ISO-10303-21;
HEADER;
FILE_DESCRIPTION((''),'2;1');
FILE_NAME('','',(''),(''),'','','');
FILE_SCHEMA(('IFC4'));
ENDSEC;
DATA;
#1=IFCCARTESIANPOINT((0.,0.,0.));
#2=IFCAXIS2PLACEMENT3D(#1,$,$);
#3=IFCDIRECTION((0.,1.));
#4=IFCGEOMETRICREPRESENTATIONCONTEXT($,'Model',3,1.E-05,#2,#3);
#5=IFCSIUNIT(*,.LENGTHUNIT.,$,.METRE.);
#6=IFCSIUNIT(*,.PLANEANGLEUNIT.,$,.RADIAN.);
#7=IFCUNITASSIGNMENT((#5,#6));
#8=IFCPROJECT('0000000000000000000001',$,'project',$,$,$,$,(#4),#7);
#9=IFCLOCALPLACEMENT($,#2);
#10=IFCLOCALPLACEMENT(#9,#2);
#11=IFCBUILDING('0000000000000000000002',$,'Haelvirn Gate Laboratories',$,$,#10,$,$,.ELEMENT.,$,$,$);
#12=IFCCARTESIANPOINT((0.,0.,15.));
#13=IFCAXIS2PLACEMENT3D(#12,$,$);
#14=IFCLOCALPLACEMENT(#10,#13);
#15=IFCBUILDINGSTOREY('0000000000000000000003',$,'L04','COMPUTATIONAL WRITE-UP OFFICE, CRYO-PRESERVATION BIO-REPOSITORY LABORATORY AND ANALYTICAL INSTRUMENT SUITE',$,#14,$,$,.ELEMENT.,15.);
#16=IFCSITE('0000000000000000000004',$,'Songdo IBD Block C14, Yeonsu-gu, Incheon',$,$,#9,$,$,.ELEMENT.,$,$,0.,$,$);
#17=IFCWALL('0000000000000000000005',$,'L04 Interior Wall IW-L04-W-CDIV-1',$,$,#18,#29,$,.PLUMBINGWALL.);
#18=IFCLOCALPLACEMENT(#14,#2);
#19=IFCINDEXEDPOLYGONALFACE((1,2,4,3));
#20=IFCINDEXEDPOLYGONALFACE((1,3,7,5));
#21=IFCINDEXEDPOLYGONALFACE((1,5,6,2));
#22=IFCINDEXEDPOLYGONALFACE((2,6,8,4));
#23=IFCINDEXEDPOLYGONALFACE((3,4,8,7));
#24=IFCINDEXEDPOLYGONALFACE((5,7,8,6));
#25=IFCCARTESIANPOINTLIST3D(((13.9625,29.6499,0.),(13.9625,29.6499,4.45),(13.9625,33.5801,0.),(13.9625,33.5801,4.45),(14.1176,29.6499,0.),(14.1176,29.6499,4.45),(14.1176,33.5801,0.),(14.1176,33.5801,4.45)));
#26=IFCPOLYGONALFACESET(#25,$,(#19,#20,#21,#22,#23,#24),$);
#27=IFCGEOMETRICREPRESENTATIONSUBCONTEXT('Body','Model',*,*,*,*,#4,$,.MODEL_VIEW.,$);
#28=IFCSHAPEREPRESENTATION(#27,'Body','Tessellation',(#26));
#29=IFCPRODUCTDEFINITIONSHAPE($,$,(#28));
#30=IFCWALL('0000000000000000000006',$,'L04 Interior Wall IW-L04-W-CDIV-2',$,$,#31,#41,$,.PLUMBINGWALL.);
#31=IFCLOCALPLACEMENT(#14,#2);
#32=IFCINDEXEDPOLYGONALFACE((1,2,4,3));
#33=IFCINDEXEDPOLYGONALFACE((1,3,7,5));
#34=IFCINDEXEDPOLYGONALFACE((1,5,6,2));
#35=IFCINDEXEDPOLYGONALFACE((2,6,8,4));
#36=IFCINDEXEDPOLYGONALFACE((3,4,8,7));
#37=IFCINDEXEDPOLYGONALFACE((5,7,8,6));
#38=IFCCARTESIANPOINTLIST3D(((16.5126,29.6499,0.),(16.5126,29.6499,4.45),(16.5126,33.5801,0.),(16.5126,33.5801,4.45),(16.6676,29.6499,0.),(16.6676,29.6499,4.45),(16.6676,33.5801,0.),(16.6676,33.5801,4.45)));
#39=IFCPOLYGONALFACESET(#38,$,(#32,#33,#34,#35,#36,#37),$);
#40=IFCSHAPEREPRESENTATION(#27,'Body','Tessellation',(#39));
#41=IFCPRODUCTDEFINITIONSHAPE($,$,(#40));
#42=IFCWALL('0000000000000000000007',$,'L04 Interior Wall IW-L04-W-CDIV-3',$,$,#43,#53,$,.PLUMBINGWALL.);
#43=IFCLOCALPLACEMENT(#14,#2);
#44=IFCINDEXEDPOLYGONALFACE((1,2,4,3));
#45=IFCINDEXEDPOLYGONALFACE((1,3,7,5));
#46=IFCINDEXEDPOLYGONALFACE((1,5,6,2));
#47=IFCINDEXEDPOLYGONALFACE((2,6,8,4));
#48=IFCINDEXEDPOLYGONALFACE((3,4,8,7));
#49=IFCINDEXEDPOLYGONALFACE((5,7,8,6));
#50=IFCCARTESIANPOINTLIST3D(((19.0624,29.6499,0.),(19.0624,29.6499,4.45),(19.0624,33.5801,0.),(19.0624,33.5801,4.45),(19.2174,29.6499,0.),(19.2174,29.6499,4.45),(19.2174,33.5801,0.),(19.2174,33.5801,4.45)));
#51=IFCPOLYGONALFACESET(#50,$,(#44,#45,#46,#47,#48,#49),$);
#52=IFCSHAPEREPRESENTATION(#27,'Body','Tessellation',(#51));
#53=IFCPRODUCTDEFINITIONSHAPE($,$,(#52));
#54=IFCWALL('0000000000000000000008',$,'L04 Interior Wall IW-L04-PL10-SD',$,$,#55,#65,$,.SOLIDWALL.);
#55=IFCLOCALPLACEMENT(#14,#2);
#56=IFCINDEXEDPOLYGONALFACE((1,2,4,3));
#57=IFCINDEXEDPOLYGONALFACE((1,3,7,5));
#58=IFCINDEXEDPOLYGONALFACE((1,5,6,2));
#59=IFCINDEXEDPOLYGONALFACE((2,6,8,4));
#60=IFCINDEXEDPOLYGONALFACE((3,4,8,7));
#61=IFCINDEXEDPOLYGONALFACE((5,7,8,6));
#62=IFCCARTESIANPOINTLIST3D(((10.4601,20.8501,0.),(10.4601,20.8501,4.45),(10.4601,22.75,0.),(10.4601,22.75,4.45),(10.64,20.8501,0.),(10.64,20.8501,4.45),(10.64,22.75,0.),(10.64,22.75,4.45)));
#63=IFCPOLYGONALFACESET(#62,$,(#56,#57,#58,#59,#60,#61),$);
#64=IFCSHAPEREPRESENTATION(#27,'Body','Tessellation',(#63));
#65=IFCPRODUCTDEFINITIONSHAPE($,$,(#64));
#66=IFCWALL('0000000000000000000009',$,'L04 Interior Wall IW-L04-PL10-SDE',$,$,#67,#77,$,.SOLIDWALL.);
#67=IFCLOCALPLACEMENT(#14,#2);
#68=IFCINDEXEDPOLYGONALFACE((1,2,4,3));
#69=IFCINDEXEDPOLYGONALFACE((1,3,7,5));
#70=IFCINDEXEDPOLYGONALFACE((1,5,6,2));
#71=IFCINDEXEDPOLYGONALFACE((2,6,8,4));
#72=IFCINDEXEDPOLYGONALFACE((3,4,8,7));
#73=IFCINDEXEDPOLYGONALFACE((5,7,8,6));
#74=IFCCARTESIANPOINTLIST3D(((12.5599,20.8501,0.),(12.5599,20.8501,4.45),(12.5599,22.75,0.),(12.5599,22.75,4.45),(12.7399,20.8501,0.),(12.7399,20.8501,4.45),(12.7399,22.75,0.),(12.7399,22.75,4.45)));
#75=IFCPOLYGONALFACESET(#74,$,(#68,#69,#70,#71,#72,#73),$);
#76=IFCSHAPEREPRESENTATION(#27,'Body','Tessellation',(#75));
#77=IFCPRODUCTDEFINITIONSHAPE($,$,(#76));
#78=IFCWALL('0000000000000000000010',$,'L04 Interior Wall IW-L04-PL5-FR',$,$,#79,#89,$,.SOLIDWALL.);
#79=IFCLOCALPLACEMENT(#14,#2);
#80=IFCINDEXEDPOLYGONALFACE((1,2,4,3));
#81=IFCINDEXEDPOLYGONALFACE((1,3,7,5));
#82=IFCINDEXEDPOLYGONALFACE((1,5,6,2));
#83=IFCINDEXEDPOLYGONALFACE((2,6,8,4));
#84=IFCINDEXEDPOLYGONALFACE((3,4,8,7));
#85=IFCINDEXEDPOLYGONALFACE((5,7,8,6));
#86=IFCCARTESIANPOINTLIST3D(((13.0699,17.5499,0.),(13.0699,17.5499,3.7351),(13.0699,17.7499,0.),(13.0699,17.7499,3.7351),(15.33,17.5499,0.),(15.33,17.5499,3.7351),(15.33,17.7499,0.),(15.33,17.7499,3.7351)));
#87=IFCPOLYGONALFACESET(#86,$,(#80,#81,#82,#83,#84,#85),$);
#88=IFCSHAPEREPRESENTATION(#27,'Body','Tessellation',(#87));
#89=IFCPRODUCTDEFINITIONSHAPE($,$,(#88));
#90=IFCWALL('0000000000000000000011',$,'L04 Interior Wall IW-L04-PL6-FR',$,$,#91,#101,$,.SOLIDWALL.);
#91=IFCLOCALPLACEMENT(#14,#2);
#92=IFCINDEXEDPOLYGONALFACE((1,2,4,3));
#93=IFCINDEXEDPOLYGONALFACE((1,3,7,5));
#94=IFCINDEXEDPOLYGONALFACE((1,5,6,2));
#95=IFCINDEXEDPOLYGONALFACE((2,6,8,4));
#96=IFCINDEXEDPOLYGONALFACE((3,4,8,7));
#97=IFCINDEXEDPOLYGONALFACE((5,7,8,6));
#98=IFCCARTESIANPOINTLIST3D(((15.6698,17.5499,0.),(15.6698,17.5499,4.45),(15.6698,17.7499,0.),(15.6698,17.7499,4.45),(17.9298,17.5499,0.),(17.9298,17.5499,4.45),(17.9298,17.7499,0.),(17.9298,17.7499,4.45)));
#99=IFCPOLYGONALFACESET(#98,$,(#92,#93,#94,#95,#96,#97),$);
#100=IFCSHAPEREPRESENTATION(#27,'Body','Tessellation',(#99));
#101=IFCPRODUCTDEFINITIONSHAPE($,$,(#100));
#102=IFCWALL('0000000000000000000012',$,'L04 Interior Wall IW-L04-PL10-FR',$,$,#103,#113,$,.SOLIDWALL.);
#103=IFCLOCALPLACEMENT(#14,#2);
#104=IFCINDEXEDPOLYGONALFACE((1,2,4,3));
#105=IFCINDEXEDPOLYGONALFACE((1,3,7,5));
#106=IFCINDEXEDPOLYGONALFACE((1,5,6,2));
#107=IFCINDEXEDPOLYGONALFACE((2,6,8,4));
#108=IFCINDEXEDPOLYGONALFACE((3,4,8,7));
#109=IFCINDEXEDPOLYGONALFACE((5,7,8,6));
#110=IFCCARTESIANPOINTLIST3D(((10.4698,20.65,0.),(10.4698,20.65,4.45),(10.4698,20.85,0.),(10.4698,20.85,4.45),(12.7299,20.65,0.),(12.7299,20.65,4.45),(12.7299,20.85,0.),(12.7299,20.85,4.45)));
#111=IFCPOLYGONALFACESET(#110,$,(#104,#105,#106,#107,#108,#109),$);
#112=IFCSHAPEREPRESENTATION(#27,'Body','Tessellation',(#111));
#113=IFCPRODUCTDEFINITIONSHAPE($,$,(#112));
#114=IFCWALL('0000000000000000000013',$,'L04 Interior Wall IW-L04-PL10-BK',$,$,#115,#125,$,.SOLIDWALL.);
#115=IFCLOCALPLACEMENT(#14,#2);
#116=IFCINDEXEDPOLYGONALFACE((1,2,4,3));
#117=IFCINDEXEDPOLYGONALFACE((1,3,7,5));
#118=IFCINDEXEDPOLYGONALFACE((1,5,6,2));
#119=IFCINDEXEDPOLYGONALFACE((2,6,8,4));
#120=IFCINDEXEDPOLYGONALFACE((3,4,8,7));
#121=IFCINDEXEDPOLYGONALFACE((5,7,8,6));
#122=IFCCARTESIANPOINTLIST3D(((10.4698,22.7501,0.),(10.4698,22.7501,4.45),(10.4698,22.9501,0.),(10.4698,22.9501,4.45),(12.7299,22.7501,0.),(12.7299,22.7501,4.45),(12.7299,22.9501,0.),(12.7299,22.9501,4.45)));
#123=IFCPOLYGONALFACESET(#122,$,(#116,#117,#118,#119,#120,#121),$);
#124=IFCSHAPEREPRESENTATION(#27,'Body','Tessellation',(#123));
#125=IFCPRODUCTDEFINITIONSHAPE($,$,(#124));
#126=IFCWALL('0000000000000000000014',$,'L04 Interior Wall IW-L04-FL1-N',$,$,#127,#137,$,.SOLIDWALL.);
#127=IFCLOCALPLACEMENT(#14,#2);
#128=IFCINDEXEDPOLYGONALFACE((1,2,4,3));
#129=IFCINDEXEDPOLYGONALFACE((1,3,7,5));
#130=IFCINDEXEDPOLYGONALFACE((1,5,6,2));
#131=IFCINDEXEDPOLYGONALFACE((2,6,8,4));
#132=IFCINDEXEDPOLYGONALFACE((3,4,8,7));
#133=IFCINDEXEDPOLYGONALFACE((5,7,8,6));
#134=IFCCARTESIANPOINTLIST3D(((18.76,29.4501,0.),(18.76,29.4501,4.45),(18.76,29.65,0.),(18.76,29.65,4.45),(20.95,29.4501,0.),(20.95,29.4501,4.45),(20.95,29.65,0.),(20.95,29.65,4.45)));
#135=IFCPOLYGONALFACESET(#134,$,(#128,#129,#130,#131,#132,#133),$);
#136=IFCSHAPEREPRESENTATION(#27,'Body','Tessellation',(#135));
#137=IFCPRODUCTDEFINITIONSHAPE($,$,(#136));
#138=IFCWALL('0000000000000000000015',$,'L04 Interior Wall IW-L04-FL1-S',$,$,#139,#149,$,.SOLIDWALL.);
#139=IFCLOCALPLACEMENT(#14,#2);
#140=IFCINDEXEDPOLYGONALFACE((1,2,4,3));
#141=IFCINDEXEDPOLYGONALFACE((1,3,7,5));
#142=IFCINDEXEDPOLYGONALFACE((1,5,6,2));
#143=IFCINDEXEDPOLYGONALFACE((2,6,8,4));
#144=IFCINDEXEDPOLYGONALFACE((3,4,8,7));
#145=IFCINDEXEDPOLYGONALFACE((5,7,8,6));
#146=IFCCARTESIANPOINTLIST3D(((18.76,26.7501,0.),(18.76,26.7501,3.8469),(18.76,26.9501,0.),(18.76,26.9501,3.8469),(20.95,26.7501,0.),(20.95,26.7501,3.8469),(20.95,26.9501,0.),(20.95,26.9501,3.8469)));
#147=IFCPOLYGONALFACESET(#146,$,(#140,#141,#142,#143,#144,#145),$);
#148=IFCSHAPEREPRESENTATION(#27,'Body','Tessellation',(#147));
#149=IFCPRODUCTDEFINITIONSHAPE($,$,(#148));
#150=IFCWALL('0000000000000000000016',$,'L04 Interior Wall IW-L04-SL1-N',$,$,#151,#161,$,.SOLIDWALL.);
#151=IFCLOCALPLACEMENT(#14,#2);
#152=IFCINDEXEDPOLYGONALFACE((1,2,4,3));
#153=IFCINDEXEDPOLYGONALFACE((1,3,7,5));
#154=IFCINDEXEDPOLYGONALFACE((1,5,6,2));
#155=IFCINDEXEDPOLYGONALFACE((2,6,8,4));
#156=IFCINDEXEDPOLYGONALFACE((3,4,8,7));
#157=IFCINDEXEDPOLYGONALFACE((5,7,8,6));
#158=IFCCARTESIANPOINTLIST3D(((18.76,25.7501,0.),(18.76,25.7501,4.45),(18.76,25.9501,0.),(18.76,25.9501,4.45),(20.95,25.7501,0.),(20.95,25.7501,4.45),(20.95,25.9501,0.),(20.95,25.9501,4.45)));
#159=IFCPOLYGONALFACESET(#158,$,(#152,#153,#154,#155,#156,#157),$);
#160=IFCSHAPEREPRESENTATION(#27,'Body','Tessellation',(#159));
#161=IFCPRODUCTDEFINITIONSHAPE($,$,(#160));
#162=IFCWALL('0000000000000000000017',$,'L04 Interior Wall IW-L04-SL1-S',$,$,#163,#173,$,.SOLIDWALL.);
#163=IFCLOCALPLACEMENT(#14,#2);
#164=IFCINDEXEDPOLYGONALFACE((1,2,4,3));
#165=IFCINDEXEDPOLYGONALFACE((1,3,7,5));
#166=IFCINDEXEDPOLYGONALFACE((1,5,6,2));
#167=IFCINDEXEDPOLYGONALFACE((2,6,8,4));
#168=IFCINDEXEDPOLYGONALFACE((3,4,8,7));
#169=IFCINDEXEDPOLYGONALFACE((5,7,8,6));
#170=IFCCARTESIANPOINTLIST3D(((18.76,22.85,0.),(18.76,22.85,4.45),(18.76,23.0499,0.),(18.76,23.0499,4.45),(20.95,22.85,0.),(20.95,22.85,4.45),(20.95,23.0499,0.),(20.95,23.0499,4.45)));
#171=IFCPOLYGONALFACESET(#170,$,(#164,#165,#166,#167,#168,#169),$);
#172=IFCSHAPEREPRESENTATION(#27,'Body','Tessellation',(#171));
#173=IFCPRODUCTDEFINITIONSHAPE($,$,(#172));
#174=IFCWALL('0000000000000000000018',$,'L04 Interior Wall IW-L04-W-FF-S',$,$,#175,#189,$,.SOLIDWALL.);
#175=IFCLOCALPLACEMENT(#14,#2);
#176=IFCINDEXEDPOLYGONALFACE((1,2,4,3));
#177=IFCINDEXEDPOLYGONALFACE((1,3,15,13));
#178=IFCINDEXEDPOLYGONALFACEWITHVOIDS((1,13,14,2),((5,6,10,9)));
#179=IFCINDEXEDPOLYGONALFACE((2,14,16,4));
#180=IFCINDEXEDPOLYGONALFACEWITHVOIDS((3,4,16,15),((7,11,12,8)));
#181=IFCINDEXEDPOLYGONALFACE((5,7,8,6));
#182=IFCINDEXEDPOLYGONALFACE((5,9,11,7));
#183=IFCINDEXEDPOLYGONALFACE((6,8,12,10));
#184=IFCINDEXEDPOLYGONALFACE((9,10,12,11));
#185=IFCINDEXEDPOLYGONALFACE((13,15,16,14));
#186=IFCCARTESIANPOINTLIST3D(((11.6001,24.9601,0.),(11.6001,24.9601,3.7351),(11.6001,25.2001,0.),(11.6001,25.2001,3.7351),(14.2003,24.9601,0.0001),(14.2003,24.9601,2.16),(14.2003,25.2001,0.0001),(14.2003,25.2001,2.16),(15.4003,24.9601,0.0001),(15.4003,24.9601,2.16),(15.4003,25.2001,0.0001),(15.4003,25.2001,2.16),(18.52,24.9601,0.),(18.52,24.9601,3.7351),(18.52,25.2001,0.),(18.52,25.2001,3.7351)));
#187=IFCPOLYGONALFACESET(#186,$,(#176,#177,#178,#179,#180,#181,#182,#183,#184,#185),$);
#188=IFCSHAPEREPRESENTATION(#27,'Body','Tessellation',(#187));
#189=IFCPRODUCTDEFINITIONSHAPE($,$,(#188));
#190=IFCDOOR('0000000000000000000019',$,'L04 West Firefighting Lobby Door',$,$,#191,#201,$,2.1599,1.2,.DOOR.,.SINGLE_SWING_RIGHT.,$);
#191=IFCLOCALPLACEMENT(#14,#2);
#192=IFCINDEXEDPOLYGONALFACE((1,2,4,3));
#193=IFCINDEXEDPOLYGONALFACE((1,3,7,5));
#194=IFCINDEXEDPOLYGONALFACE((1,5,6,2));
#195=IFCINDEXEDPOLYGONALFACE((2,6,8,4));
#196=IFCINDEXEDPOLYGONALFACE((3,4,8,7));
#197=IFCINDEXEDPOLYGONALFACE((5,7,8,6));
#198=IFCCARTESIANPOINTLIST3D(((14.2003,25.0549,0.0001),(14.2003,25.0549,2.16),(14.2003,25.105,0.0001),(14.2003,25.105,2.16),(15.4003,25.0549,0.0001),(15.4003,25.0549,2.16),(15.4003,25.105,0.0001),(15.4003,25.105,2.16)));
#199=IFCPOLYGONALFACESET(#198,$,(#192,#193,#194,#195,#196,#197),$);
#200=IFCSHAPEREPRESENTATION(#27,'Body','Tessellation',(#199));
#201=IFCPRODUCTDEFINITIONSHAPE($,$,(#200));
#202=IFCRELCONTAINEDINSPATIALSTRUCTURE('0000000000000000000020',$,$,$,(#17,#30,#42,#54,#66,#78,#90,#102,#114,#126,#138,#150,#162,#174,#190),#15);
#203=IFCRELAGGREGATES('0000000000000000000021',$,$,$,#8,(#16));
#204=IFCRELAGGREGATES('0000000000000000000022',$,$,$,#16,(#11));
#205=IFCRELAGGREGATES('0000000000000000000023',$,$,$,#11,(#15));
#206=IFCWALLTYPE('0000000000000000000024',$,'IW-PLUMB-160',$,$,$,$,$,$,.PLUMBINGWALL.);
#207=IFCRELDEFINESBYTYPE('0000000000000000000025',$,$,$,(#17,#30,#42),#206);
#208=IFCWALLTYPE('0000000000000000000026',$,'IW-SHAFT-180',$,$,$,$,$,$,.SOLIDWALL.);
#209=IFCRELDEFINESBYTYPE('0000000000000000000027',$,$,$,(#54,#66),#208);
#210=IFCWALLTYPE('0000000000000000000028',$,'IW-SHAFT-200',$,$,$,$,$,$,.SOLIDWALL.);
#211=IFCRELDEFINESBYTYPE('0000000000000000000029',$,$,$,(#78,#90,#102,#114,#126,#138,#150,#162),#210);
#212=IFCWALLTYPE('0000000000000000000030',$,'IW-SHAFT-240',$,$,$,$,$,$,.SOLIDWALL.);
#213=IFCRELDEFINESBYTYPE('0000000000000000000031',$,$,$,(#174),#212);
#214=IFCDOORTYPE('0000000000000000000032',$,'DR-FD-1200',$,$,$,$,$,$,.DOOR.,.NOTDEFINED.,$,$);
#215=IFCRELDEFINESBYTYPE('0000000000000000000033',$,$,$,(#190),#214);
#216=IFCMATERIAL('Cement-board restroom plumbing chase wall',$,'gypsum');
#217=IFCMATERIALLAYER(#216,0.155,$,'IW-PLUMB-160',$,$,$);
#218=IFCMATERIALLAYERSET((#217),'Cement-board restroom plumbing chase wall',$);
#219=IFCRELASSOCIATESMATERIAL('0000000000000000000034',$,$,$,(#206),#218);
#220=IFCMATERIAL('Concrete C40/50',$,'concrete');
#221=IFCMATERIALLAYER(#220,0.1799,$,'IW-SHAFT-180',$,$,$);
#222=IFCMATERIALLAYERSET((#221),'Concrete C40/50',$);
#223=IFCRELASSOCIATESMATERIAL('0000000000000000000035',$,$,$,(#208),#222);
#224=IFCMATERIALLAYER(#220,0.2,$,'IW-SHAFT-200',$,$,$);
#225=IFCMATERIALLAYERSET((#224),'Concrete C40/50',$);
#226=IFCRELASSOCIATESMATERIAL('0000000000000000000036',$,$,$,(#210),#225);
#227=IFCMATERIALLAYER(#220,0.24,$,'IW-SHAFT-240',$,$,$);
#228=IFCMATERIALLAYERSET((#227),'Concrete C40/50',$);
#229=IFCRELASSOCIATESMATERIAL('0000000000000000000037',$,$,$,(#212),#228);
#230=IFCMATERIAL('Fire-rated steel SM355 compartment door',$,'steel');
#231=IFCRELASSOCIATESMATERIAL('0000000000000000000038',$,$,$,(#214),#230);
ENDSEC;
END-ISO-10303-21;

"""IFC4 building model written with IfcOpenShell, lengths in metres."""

from ifc_helpers import new_model, si_unit, direction, frame, frame_2d, origin, place, context, subcontext, project, spatial, rectangle, extrude, source, transform, mapped, material, layer, layer_set, type_object, type_shapes, element, fill, save


model = new_model("IFC4")

# Units and contexts
model_context = context("Model", 3, precision=1e-05, world=origin(), true_north=direction((0.0, 1.0)))
body_context = subcontext(model_context, "Body", "Model", "MODEL_VIEW")
ifc_project = project(units=[si_unit("LENGTHUNIT", "METRE"), si_unit("PLANEANGLEUNIT", "RADIAN")], contexts=[model_context])

# Site, building, storey
site_placement = place(None, origin())
site = spatial("IfcSite", under=ifc_project, at=site_placement, Name="Songdo IBD Block C14, Yeonsu-gu, Incheon", CompositionType="ELEMENT", RefElevation=0.0)
building_placement = place(site_placement, origin())
building = spatial("IfcBuilding", under=site, at=building_placement, Name="Haelvirn Gate Laboratories", CompositionType="ELEMENT")
storey_placement = place(building_placement, frame((0.0, 0.0, 15.0)))
storey = spatial("IfcBuildingStorey", under=building, at=storey_placement, Name="L04", Description="COMPUTATIONAL WRITE-UP OFFICE, CRYO-PRESERVATION BIO-REPOSITORY LABORATORY AND ANALYTICAL INSTRUMENT SUITE", CompositionType="ELEMENT", Elevation=15.0)

# Walls
ifc_material_1 = material(Name="Cement-board restroom plumbing chase wall", Category="gypsum")
ifc_layer_1 = layer(ifc_material_1, 0.155, Name="IW-PLUMB-160")
ifc_layer_set_1 = layer_set([ifc_layer_1], Name="Cement-board restroom plumbing chase wall")
wall_type_1 = type_object("IfcWallType", Name="IW-PLUMB-160", PredefinedType="PLUMBINGWALL", material=ifc_layer_set_1)
for number, where, z_axis, x_axis, name in (
    (1, (14.04, 29.6499, 0.0), (0.0, 0.0, 1.0), (0.0, 1.0, 0.0), "L04 Interior Wall IW-L04-W-CDIV-1"),
    (2, (16.5901, 29.6499, 0.0), (0.0, 0.0, 1.0), (0.0, 1.0, 0.0), "L04 Interior Wall IW-L04-W-CDIV-2"),
    (3, (19.1399, 29.6499, 0.0), (0.0, 0.0, 1.0), (0.0, 1.0, 0.0), "L04 Interior Wall IW-L04-W-CDIV-3"),
):
    element("IfcWall", number, at=place(storey_placement, frame(where, z_axis=z_axis, x_axis=x_axis)), inside=storey, type_object=wall_type_1, Name=name, PredefinedType="PLUMBINGWALL", context=body_context, shape_type="SweptSolid", body=[
        extrude(rectangle(XDim=3.9302, YDim=0.155, at=frame_2d((1.9651, 0.0))), origin(), (0.0, 0.0, 1.0), 4.45),
    ])
ifc_material_2 = material(Name="Concrete C40/50", Category="concrete")
ifc_layer_2 = layer(ifc_material_2, 0.1799, Name="IW-SHAFT-180")
ifc_layer_set_2 = layer_set([ifc_layer_2], Name="Concrete C40/50")
wall_type_2 = type_object("IfcWallType", Name="IW-SHAFT-180", PredefinedType="SOLIDWALL", material=ifc_layer_set_2)
for number, where, z_axis, x_axis, name in (
    (4, (10.55, 20.8501, 0.0), (0.0, 0.0, 1.0), (0.0, 1.0, 0.0), "L04 Interior Wall IW-L04-PL10-SD"),
    (5, (12.6499, 20.8501, 0.0), (0.0, 0.0, 1.0), (0.0, 1.0, 0.0), "L04 Interior Wall IW-L04-PL10-SDE"),
):
    element("IfcWall", number, at=place(storey_placement, frame(where, z_axis=z_axis, x_axis=x_axis)), inside=storey, type_object=wall_type_2, Name=name, PredefinedType="SOLIDWALL", context=body_context, shape_type="SweptSolid", body=[
        extrude(rectangle(XDim=1.8999, YDim=0.1799, at=frame_2d((0.95, 0.0))), origin(), (0.0, 0.0, 1.0), 4.45),
    ])
ifc_layer_3 = layer(ifc_material_2, 0.2, Name="IW-SHAFT-200")
ifc_layer_set_3 = layer_set([ifc_layer_3], Name="Concrete C40/50")
wall_type_3 = type_object("IfcWallType", Name="IW-SHAFT-200", PredefinedType="SOLIDWALL", material=ifc_layer_set_3)
wall_1_placement = place(storey_placement, frame((13.0701, 17.6499, 0.0), z_axis=(0.0, 0.0, 1.0), x_axis=(1.0, 0.0, 0.0)))
element("IfcWall", 6, at=wall_1_placement, inside=storey, type_object=wall_type_3, Name="L04 Interior Wall IW-L04-PL5-FR", PredefinedType="SOLIDWALL", context=body_context, shape_type="SweptSolid", body=[
    extrude(rectangle(XDim=2.26, YDim=0.2, at=frame_2d((1.1299, 0.0))), origin(), (0.0, 0.0, 1.0), 3.7351),
])
for number, where, z_axis, x_axis, name in (
    (7, (15.6699, 17.6499, 0.0), (0.0, 0.0, 1.0), (1.0, 0.0, 0.0), "L04 Interior Wall IW-L04-PL6-FR"),
    (8, (10.47, 20.75, 0.0), (0.0, 0.0, 1.0), (1.0, 0.0, 0.0), "L04 Interior Wall IW-L04-PL10-FR"),
    (9, (10.47, 22.8501, 0.0), (0.0, 0.0, 1.0), (1.0, 0.0, 0.0), "L04 Interior Wall IW-L04-PL10-BK"),
):
    element("IfcWall", number, at=place(storey_placement, frame(where, z_axis=z_axis, x_axis=x_axis)), inside=storey, type_object=wall_type_3, Name=name, PredefinedType="SOLIDWALL", context=body_context, shape_type="SweptSolid", body=[
        extrude(rectangle(XDim=2.26, YDim=0.2, at=frame_2d((1.1299, 0.0))), origin(), (0.0, 0.0, 1.0), 4.45),
    ])
wall_2_placement = place(storey_placement, frame((18.76, 29.55, 0.0), z_axis=(0.0, 0.0, 1.0), x_axis=(1.0, 0.0, 0.0)))
element("IfcWall", 10, at=wall_2_placement, inside=storey, type_object=wall_type_3, Name="L04 Interior Wall IW-L04-FL1-N", PredefinedType="SOLIDWALL", context=body_context, shape_type="SweptSolid", body=[
    extrude(rectangle(XDim=2.1899, YDim=0.2, at=frame_2d((1.095, 0.0))), origin(), (0.0, 0.0, 1.0), 4.45),
])
wall_3_placement = place(storey_placement, frame((18.76, 26.8501, 0.0), z_axis=(0.0, 0.0, 1.0), x_axis=(1.0, 0.0, 0.0)))
element("IfcWall", 11, at=wall_3_placement, inside=storey, type_object=wall_type_3, Name="L04 Interior Wall IW-L04-FL1-S", PredefinedType="SOLIDWALL", context=body_context, shape_type="SweptSolid", body=[
    extrude(rectangle(XDim=2.1899, YDim=0.2, at=frame_2d((1.095, 0.0))), origin(), (0.0, 0.0, 1.0), 3.8469),
])
for number, where, z_axis, x_axis, name in (
    (12, (18.76, 25.8501, 0.0), (0.0, 0.0, 1.0), (1.0, 0.0, 0.0), "L04 Interior Wall IW-L04-SL1-N"),
    (13, (18.76, 22.95, 0.0), (0.0, 0.0, 1.0), (1.0, 0.0, 0.0), "L04 Interior Wall IW-L04-SL1-S"),
):
    element("IfcWall", number, at=place(storey_placement, frame(where, z_axis=z_axis, x_axis=x_axis)), inside=storey, type_object=wall_type_3, Name=name, PredefinedType="SOLIDWALL", context=body_context, shape_type="SweptSolid", body=[
        extrude(rectangle(XDim=2.1899, YDim=0.2, at=frame_2d((1.095, 0.0))), origin(), (0.0, 0.0, 1.0), 4.45),
    ])

# Wall, opening, door
ifc_layer_4 = layer(ifc_material_2, 0.24, Name="IW-SHAFT-240")
ifc_layer_set_4 = layer_set([ifc_layer_4], Name="Concrete C40/50")
wall_type_4 = type_object("IfcWallType", Name="IW-SHAFT-240", PredefinedType="SOLIDWALL", material=ifc_layer_set_4)
wall_4_placement = place(storey_placement, frame((11.6001, 25.0801, 0.0), z_axis=(0.0, 0.0, 1.0), x_axis=(1.0, 0.0, 0.0)))
wall_4 = element("IfcWall", 14, at=wall_4_placement, inside=storey, type_object=wall_type_4, Name="L04 Interior Wall IW-L04-W-FF-S", PredefinedType="SOLIDWALL", context=body_context, shape_type="SweptSolid", body=[
    extrude(rectangle(XDim=6.9199, YDim=0.24, at=frame_2d((3.46, 0.0))), origin(), (0.0, 0.0, 1.0), 3.7351),
])
opening_1_placement = place(wall_4_placement, frame((2.6001, 0.0, 0.0)))
opening_1 = element("IfcOpeningElement", 15, at=opening_1_placement, cuts=wall_4, PredefinedType="OPENING", context=body_context, shape_type="SweptSolid", body=[
    extrude(rectangle(XDim=1.2, YDim=2.1599, at=frame_2d((0.6001, 1.0801))), frame((0.0, 0.1299, 0.0), z_axis=(0.0, -1.0, 0.0), x_axis=(1.0, 0.0, 0.0)), (0.0, 0.0, 1.0), 0.26),
])
ifc_material_3 = material(Name="Fire-rated steel SM355 compartment door", Category="steel")
door_type_1 = type_object("IfcDoorType", Name="DR-FD-1200", OperationType="NOTDEFINED", PredefinedType="DOOR", material=ifc_material_3)
shared_shape_1 = source(origin(), body_context, "Body", "SweptSolid", [
    extrude(rectangle(XDim=1.2, YDim=2.1599, at=frame_2d((0.6001, 1.0801))), frame((0.0, 0.0249, 0.0), z_axis=(0.0, -1.0, 0.0), x_axis=(1.0, 0.0, 0.0)), (0.0, 0.0, 1.0), 0.05),
])
type_shapes(door_type_1, [shared_shape_1])
door_1_placement = place(opening_1_placement, origin())
door_1 = element("IfcDoor", 16, at=door_1_placement, inside=storey, type_object=door_type_1, Name="L04 West Firefighting Lobby Door", OperationType="SINGLE_SWING_RIGHT", OverallHeight=2.1599, OverallWidth=1.2, PredefinedType="DOOR", context=body_context, shape_type="MappedRepresentation", body=[
    mapped(shared_shape_1, transform((0.0, 0.0, 0.0), scale=1.0)),
])
fill(opening_1, door_1)

save(model, "model.ifc")
